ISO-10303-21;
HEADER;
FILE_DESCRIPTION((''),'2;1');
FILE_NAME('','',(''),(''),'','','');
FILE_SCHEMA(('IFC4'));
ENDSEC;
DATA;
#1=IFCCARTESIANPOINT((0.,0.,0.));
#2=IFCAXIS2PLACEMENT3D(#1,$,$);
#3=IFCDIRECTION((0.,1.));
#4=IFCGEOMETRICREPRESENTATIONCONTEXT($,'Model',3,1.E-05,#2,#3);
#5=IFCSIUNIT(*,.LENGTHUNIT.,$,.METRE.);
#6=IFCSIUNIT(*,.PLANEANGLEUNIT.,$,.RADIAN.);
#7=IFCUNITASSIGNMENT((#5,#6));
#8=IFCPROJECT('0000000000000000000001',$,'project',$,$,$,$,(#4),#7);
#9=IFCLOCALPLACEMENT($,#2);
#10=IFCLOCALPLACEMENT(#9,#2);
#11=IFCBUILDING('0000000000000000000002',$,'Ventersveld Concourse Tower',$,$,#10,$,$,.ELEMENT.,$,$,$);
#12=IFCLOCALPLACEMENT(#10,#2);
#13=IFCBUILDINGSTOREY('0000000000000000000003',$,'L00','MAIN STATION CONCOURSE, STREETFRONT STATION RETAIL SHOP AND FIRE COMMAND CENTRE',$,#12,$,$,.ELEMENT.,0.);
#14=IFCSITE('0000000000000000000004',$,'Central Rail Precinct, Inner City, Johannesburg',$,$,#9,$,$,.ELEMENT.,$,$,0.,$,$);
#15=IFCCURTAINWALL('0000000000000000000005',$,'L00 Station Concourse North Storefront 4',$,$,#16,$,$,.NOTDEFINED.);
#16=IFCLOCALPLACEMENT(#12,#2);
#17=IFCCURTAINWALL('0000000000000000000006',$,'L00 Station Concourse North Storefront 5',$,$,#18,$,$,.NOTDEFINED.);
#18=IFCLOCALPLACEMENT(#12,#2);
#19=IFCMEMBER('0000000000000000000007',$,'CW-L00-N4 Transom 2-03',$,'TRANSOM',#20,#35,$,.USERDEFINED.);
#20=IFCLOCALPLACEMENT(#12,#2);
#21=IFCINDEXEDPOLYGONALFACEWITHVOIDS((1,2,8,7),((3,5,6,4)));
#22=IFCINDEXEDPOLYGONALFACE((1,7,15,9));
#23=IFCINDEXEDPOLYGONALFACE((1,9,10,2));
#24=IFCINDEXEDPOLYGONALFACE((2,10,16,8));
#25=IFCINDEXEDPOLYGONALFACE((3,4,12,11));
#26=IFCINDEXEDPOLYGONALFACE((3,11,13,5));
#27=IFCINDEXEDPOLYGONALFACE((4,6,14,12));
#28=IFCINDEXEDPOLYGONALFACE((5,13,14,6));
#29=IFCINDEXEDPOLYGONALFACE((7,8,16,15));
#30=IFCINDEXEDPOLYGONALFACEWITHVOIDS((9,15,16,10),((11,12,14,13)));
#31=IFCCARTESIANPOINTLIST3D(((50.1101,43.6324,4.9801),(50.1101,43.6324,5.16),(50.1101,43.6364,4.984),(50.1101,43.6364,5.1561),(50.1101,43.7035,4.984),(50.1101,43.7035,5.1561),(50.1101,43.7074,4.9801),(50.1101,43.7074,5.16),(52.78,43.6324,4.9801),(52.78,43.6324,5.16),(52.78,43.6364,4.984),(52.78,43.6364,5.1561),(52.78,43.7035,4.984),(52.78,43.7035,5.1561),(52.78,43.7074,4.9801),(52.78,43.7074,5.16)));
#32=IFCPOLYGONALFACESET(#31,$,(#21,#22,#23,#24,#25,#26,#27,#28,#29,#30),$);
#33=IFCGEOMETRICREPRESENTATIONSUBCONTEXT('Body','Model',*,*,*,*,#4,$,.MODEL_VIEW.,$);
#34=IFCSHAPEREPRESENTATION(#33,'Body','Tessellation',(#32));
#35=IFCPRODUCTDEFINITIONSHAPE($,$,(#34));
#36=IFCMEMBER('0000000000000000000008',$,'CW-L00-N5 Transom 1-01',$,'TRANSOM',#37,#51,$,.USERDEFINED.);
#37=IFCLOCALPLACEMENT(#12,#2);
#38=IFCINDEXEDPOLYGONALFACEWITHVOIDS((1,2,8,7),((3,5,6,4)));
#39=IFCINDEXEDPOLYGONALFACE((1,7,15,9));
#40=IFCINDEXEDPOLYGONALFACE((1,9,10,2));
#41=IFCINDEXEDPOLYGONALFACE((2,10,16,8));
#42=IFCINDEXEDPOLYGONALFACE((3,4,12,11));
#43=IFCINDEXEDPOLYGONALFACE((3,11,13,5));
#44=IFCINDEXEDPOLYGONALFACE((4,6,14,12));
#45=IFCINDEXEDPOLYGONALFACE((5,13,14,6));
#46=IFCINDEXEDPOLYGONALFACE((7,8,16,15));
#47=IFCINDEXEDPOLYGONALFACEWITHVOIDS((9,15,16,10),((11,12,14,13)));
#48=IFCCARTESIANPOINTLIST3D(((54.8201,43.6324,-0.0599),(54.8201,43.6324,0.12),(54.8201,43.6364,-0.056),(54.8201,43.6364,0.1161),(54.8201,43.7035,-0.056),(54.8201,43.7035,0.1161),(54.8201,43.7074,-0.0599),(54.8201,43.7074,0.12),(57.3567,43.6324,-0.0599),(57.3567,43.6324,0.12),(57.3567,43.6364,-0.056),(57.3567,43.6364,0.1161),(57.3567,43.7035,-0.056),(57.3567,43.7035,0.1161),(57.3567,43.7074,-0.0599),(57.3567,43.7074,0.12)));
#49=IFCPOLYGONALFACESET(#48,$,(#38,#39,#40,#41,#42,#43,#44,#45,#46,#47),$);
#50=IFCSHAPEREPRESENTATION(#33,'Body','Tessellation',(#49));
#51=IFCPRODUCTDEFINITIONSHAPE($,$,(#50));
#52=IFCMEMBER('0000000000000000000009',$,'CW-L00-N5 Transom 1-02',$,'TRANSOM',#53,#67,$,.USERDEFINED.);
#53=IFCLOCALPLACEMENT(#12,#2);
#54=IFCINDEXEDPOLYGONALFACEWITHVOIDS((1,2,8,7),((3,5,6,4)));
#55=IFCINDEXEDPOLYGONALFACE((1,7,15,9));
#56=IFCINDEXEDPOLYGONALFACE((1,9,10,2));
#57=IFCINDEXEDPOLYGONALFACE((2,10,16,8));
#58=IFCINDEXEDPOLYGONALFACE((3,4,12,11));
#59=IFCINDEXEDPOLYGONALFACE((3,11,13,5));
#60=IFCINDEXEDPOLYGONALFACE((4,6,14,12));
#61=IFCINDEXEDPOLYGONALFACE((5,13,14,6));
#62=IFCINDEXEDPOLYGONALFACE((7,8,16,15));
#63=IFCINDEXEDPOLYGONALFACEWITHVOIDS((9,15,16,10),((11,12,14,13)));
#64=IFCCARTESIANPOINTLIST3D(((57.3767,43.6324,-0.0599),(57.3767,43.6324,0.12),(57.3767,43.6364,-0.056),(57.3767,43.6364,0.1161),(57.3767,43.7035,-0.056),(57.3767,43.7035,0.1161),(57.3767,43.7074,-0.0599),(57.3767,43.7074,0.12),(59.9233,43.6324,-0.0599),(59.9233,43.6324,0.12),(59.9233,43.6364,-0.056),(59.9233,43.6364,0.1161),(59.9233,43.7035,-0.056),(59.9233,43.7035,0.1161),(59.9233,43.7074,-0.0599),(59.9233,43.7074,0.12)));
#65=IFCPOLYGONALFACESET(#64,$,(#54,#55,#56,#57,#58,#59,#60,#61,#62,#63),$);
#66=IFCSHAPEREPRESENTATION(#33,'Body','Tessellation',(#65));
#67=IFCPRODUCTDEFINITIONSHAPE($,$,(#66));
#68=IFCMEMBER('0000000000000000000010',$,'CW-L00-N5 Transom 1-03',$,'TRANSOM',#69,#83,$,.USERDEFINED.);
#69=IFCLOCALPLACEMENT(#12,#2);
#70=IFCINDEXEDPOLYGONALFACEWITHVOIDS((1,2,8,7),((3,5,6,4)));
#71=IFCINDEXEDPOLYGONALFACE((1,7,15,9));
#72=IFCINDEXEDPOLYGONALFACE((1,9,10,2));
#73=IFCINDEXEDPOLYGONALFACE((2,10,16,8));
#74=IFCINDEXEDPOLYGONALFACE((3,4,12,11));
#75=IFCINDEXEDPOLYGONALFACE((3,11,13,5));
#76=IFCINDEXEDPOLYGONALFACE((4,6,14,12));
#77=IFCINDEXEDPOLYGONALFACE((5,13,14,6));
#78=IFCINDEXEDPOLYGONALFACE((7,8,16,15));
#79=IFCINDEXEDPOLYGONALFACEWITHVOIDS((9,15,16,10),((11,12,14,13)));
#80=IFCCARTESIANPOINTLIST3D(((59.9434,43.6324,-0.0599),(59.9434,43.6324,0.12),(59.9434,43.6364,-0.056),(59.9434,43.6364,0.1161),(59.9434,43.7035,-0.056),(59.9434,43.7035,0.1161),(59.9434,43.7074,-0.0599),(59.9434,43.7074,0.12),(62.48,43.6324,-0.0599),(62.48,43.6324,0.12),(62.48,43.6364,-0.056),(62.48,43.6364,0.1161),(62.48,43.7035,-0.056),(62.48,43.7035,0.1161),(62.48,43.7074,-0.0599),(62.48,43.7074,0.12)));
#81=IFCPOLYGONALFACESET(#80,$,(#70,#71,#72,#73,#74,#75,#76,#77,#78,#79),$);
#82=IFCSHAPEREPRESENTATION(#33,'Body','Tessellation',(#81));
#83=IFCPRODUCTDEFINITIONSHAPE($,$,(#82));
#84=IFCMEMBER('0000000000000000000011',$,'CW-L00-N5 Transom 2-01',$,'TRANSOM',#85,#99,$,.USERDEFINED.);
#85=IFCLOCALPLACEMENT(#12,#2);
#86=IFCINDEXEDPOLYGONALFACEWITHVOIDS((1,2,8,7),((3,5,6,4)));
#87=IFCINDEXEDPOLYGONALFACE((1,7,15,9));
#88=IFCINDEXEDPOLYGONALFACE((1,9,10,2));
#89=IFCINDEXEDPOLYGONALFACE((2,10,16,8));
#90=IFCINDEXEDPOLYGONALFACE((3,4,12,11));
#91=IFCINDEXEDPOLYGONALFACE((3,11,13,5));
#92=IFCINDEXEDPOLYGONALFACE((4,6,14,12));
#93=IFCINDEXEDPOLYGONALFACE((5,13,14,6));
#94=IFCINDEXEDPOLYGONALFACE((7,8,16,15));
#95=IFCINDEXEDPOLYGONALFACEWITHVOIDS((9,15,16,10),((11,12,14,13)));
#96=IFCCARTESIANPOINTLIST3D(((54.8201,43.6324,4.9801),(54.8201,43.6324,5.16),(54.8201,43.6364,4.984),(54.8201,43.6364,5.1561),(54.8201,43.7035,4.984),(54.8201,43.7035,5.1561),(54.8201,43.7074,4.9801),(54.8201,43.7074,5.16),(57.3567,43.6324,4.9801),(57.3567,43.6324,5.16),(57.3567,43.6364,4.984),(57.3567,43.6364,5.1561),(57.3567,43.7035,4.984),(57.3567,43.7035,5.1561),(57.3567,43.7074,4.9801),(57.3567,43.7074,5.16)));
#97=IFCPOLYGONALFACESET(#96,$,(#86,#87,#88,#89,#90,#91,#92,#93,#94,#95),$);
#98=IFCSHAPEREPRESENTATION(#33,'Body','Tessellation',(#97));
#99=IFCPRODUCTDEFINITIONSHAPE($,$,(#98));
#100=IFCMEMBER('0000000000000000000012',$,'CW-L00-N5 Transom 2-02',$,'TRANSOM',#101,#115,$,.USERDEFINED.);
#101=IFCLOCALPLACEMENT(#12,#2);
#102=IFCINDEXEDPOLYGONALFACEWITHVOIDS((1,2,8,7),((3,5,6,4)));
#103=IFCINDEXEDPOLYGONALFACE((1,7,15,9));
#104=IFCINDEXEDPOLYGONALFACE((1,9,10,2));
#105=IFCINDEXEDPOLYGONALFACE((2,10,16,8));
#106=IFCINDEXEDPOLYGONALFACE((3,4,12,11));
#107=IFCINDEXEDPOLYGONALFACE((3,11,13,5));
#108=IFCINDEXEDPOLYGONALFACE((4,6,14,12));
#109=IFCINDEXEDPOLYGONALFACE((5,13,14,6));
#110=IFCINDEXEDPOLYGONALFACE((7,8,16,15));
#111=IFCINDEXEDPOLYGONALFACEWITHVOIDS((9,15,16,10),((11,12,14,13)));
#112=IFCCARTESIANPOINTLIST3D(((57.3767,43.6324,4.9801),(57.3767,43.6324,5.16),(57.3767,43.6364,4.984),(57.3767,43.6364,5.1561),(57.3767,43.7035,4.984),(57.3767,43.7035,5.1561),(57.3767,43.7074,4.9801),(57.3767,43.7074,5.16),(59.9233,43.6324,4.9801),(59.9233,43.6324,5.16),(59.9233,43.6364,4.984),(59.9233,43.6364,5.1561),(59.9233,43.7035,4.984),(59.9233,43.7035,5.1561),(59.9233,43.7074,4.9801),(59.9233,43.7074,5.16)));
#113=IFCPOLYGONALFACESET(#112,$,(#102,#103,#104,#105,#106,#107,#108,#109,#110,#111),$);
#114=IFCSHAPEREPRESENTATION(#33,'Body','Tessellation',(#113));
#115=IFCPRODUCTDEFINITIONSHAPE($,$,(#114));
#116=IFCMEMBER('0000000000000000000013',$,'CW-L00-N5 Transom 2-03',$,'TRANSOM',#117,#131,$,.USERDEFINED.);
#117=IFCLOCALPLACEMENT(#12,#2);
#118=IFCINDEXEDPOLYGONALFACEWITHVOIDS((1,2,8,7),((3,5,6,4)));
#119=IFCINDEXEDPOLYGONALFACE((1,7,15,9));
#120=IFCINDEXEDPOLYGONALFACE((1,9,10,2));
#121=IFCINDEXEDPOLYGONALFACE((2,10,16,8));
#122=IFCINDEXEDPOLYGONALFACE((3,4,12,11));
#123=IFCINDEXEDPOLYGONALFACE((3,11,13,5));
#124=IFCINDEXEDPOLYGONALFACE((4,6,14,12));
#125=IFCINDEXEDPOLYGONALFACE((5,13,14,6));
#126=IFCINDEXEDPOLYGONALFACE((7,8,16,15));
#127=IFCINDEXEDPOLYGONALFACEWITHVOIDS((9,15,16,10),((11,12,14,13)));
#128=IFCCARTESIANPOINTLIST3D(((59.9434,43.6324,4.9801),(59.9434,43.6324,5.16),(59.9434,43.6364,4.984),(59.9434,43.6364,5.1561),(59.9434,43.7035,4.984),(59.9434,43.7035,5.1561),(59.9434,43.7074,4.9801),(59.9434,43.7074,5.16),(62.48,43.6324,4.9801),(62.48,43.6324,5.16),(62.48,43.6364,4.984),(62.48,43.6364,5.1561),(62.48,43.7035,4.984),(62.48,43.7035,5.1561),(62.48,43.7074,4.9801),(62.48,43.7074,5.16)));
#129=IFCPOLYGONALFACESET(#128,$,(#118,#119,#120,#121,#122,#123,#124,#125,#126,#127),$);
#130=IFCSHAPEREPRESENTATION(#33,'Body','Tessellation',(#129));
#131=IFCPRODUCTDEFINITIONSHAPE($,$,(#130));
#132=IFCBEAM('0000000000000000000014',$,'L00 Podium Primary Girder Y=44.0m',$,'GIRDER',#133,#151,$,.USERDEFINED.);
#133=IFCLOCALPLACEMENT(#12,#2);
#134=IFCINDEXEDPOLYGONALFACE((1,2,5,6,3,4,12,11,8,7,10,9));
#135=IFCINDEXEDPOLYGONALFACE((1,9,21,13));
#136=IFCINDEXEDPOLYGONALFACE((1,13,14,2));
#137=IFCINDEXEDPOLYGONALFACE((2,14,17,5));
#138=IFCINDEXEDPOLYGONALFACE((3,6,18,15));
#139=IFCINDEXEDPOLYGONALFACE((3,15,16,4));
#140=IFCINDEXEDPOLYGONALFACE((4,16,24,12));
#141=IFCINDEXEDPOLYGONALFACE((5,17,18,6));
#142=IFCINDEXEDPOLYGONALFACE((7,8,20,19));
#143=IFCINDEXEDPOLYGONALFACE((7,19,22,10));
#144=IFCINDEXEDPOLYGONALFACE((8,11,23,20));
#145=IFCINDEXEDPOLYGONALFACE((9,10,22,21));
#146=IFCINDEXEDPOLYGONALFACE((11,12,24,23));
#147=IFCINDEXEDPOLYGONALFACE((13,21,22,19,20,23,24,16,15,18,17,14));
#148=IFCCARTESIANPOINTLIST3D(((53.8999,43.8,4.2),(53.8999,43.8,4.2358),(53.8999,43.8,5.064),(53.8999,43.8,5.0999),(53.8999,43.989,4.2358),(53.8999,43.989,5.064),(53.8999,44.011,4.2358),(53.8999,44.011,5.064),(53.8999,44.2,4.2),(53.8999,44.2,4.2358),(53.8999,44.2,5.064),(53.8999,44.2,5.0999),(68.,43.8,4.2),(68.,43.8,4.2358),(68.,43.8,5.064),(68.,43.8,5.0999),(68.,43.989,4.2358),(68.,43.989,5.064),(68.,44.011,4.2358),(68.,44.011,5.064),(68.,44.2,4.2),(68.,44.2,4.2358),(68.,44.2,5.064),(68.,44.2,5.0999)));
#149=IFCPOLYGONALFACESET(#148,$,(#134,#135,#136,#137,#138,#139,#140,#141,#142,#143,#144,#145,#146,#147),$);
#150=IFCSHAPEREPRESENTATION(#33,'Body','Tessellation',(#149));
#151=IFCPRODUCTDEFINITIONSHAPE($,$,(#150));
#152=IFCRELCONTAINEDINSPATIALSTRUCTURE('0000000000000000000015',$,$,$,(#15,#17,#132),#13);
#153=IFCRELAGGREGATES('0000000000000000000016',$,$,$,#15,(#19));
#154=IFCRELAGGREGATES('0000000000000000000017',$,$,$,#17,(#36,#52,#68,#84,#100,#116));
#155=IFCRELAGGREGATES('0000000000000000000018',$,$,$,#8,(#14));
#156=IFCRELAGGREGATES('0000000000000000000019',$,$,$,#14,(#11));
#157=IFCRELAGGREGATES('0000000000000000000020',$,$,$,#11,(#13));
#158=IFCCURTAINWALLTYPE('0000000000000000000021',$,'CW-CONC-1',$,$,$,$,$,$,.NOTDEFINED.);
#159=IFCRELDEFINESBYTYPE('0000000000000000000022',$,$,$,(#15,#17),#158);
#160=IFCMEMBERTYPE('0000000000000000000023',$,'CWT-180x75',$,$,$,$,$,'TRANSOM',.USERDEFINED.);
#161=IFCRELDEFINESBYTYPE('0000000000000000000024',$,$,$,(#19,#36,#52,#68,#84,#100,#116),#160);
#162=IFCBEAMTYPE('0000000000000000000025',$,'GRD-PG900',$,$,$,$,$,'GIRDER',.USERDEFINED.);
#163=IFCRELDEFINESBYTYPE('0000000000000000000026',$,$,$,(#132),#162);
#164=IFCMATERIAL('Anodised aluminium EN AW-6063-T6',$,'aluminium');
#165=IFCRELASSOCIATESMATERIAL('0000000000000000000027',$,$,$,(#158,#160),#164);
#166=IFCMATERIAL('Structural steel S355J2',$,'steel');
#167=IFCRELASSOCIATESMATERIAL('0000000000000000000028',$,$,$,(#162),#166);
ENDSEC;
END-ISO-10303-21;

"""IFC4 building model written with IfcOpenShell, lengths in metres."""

from ifc_helpers import new_model, si_unit, direction, frame, origin, origin_2d, place, context, subcontext, project, spatial, hollow_rectangle, i_section, extrude, material, material_profile, profile_set, type_object, element, aggregate, save


model = new_model("IFC4")

# Units and contexts
model_context = context("Model", 3, precision=1e-05, world=origin(), true_north=direction((0.0, 1.0)))
body_context = subcontext(model_context, "Body", "Model", "MODEL_VIEW")
ifc_project = project(units=[si_unit("LENGTHUNIT", "METRE"), si_unit("PLANEANGLEUNIT", "RADIAN")], contexts=[model_context])

# Site, building, storey
site_placement = place(None, origin())
site = spatial("IfcSite", under=ifc_project, at=site_placement, Name="Central Rail Precinct, Inner City, Johannesburg", CompositionType="ELEMENT", RefElevation=0.0)
building_placement = place(site_placement, origin())
building = spatial("IfcBuilding", under=site, at=building_placement, Name="Ventersveld Concourse Tower", CompositionType="ELEMENT")
storey_placement = place(building_placement, origin())
storey = spatial("IfcBuildingStorey", under=building, at=storey_placement, Name="L00", Description="MAIN STATION CONCOURSE, STREETFRONT STATION RETAIL SHOP AND FIRE COMMAND CENTRE", CompositionType="ELEMENT", Elevation=0.0)

# Curtain walls
ifc_material_1 = material(Name="Anodised aluminium EN AW-6063-T6", Category="aluminium")
curtain_wall_type = type_object("IfcCurtainWallType", Name="CW-CONC-1", PredefinedType="NOTDEFINED", material=ifc_material_1)
curtain_wall_1_placement = place(storey_placement, origin())
curtain_wall_1 = element("IfcCurtainWall", 1, at=curtain_wall_1_placement, inside=storey, type_object=curtain_wall_type, Name="L00 Station Concourse North Storefront 4", PredefinedType="NOTDEFINED")
curtain_wall_2_placement = place(storey_placement, origin())
curtain_wall_2 = element("IfcCurtainWall", 2, at=curtain_wall_2_placement, inside=storey, type_object=curtain_wall_type, Name="L00 Station Concourse North Storefront 5", PredefinedType="NOTDEFINED")

# Members
ifc_material_profile_1 = material_profile(ifc_material_1, hollow_rectangle(XDim=0.075, YDim=0.1799, WallThickness=0.0039, at=origin_2d()), Name="ALU 180x75x4")
ifc_profile_set_1 = profile_set([ifc_material_profile_1], Name="Anodised aluminium EN AW-6063-T6")
member_type_1 = type_object("IfcMemberType", Name="CWT-180x75", ElementType="TRANSOM", PredefinedType="USERDEFINED", material=ifc_profile_set_1)
member_1_placement = place(storey_placement, frame((50.1101, 43.6699, 5.0701), z_axis=(1.0, 0.0, 0.0), x_axis=(0.0, 1.0, 0.0)))
member_1 = element("IfcMember", 3, at=member_1_placement, type_object=member_type_1, Name="CW-L00-N4 Transom 2-03", ObjectType="TRANSOM", PredefinedType="USERDEFINED", context=body_context, shape_type="SweptSolid", body=[
    extrude(hollow_rectangle(XDim=0.075, YDim=0.1799, WallThickness=0.0039, at=origin_2d()), origin(), (0.0, 0.0, 1.0), 2.6699),
])
member_2_placement = place(storey_placement, frame((54.8201, 43.6699, 0.03), z_axis=(1.0, 0.0, 0.0), x_axis=(0.0, 1.0, 0.0)))
member_2 = element("IfcMember", 4, at=member_2_placement, type_object=member_type_1, Name="CW-L00-N5 Transom 1-01", ObjectType="TRANSOM", PredefinedType="USERDEFINED", context=body_context, shape_type="SweptSolid", body=[
    extrude(hollow_rectangle(XDim=0.075, YDim=0.1799, WallThickness=0.0039, at=origin_2d()), origin(), (0.0, 0.0, 1.0), 2.5366),
])
member_3_placement = place(storey_placement, frame((57.3767, 43.6699, 0.03), z_axis=(1.0, 0.0, 0.0), x_axis=(0.0, 1.0, 0.0)))
member_3 = element("IfcMember", 5, at=member_3_placement, type_object=member_type_1, Name="CW-L00-N5 Transom 1-02", ObjectType="TRANSOM", PredefinedType="USERDEFINED", context=body_context, shape_type="SweptSolid", body=[
    extrude(hollow_rectangle(XDim=0.075, YDim=0.1799, WallThickness=0.0039, at=origin_2d()), origin(), (0.0, 0.0, 1.0), 2.5466),
])
member_4_placement = place(storey_placement, frame((59.9434, 43.6699, 0.03), z_axis=(1.0, 0.0, 0.0), x_axis=(0.0, 1.0, 0.0)))
member_4 = element("IfcMember", 6, at=member_4_placement, type_object=member_type_1, Name="CW-L00-N5 Transom 1-03", ObjectType="TRANSOM", PredefinedType="USERDEFINED", context=body_context, shape_type="SweptSolid", body=[
    extrude(hollow_rectangle(XDim=0.075, YDim=0.1799, WallThickness=0.0039, at=origin_2d()), origin(), (0.0, 0.0, 1.0), 2.5366),
])
member_5_placement = place(storey_placement, frame((54.8201, 43.6699, 5.0701), z_axis=(1.0, 0.0, 0.0), x_axis=(0.0, 1.0, 0.0)))
member_5 = element("IfcMember", 7, at=member_5_placement, type_object=member_type_1, Name="CW-L00-N5 Transom 2-01", ObjectType="TRANSOM", PredefinedType="USERDEFINED", context=body_context, shape_type="SweptSolid", body=[
    extrude(hollow_rectangle(XDim=0.075, YDim=0.1799, WallThickness=0.0039, at=origin_2d()), origin(), (0.0, 0.0, 1.0), 2.5366),
])
member_6_placement = place(storey_placement, frame((57.3767, 43.6699, 5.0701), z_axis=(1.0, 0.0, 0.0), x_axis=(0.0, 1.0, 0.0)))
member_6 = element("IfcMember", 8, at=member_6_placement, type_object=member_type_1, Name="CW-L00-N5 Transom 2-02", ObjectType="TRANSOM", PredefinedType="USERDEFINED", context=body_context, shape_type="SweptSolid", body=[
    extrude(hollow_rectangle(XDim=0.075, YDim=0.1799, WallThickness=0.0039, at=origin_2d()), origin(), (0.0, 0.0, 1.0), 2.5466),
])
member_7_placement = place(storey_placement, frame((59.9434, 43.6699, 5.0701), z_axis=(1.0, 0.0, 0.0), x_axis=(0.0, 1.0, 0.0)))
member_7 = element("IfcMember", 9, at=member_7_placement, type_object=member_type_1, Name="CW-L00-N5 Transom 2-03", ObjectType="TRANSOM", PredefinedType="USERDEFINED", context=body_context, shape_type="SweptSolid", body=[
    extrude(hollow_rectangle(XDim=0.075, YDim=0.1799, WallThickness=0.0039, at=origin_2d()), origin(), (0.0, 0.0, 1.0), 2.5366),
])

# Beam
ifc_material_2 = material(Name="Structural steel S355J2", Category="steel")
ifc_material_profile_2 = material_profile(ifc_material_2, i_section(OverallWidth=0.3999, OverallDepth=0.8999, WebThickness=0.022, FlangeThickness=0.0359, at=origin_2d()), Name="PG 900x400x36")
ifc_profile_set_2 = profile_set([ifc_material_profile_2], Name="Structural steel S355J2")
beam_type_1 = type_object("IfcBeamType", Name="GRD-PG900", ElementType="GIRDER", PredefinedType="USERDEFINED", material=ifc_profile_set_2)
beam_1_placement = place(storey_placement, frame((53.8999, 44.0, 4.6499), z_axis=(1.0, 0.0, 0.0), x_axis=(0.0, 1.0, 0.0)))
element("IfcBeam", 10, at=beam_1_placement, inside=storey, type_object=beam_type_1, Name="L00 Podium Primary Girder Y=44.0m", ObjectType="GIRDER", PredefinedType="USERDEFINED", context=body_context, shape_type="SweptSolid", body=[
    extrude(i_section(OverallWidth=0.3999, OverallDepth=0.8999, WebThickness=0.022, FlangeThickness=0.0359, at=origin_2d()), origin(), (0.0, 0.0, 1.0), 14.1001),
])

aggregate(curtain_wall_1, [member_1])
aggregate(curtain_wall_2, [member_2, member_3, member_4, member_5, member_6, member_7])

save(model, "model.ifc")
